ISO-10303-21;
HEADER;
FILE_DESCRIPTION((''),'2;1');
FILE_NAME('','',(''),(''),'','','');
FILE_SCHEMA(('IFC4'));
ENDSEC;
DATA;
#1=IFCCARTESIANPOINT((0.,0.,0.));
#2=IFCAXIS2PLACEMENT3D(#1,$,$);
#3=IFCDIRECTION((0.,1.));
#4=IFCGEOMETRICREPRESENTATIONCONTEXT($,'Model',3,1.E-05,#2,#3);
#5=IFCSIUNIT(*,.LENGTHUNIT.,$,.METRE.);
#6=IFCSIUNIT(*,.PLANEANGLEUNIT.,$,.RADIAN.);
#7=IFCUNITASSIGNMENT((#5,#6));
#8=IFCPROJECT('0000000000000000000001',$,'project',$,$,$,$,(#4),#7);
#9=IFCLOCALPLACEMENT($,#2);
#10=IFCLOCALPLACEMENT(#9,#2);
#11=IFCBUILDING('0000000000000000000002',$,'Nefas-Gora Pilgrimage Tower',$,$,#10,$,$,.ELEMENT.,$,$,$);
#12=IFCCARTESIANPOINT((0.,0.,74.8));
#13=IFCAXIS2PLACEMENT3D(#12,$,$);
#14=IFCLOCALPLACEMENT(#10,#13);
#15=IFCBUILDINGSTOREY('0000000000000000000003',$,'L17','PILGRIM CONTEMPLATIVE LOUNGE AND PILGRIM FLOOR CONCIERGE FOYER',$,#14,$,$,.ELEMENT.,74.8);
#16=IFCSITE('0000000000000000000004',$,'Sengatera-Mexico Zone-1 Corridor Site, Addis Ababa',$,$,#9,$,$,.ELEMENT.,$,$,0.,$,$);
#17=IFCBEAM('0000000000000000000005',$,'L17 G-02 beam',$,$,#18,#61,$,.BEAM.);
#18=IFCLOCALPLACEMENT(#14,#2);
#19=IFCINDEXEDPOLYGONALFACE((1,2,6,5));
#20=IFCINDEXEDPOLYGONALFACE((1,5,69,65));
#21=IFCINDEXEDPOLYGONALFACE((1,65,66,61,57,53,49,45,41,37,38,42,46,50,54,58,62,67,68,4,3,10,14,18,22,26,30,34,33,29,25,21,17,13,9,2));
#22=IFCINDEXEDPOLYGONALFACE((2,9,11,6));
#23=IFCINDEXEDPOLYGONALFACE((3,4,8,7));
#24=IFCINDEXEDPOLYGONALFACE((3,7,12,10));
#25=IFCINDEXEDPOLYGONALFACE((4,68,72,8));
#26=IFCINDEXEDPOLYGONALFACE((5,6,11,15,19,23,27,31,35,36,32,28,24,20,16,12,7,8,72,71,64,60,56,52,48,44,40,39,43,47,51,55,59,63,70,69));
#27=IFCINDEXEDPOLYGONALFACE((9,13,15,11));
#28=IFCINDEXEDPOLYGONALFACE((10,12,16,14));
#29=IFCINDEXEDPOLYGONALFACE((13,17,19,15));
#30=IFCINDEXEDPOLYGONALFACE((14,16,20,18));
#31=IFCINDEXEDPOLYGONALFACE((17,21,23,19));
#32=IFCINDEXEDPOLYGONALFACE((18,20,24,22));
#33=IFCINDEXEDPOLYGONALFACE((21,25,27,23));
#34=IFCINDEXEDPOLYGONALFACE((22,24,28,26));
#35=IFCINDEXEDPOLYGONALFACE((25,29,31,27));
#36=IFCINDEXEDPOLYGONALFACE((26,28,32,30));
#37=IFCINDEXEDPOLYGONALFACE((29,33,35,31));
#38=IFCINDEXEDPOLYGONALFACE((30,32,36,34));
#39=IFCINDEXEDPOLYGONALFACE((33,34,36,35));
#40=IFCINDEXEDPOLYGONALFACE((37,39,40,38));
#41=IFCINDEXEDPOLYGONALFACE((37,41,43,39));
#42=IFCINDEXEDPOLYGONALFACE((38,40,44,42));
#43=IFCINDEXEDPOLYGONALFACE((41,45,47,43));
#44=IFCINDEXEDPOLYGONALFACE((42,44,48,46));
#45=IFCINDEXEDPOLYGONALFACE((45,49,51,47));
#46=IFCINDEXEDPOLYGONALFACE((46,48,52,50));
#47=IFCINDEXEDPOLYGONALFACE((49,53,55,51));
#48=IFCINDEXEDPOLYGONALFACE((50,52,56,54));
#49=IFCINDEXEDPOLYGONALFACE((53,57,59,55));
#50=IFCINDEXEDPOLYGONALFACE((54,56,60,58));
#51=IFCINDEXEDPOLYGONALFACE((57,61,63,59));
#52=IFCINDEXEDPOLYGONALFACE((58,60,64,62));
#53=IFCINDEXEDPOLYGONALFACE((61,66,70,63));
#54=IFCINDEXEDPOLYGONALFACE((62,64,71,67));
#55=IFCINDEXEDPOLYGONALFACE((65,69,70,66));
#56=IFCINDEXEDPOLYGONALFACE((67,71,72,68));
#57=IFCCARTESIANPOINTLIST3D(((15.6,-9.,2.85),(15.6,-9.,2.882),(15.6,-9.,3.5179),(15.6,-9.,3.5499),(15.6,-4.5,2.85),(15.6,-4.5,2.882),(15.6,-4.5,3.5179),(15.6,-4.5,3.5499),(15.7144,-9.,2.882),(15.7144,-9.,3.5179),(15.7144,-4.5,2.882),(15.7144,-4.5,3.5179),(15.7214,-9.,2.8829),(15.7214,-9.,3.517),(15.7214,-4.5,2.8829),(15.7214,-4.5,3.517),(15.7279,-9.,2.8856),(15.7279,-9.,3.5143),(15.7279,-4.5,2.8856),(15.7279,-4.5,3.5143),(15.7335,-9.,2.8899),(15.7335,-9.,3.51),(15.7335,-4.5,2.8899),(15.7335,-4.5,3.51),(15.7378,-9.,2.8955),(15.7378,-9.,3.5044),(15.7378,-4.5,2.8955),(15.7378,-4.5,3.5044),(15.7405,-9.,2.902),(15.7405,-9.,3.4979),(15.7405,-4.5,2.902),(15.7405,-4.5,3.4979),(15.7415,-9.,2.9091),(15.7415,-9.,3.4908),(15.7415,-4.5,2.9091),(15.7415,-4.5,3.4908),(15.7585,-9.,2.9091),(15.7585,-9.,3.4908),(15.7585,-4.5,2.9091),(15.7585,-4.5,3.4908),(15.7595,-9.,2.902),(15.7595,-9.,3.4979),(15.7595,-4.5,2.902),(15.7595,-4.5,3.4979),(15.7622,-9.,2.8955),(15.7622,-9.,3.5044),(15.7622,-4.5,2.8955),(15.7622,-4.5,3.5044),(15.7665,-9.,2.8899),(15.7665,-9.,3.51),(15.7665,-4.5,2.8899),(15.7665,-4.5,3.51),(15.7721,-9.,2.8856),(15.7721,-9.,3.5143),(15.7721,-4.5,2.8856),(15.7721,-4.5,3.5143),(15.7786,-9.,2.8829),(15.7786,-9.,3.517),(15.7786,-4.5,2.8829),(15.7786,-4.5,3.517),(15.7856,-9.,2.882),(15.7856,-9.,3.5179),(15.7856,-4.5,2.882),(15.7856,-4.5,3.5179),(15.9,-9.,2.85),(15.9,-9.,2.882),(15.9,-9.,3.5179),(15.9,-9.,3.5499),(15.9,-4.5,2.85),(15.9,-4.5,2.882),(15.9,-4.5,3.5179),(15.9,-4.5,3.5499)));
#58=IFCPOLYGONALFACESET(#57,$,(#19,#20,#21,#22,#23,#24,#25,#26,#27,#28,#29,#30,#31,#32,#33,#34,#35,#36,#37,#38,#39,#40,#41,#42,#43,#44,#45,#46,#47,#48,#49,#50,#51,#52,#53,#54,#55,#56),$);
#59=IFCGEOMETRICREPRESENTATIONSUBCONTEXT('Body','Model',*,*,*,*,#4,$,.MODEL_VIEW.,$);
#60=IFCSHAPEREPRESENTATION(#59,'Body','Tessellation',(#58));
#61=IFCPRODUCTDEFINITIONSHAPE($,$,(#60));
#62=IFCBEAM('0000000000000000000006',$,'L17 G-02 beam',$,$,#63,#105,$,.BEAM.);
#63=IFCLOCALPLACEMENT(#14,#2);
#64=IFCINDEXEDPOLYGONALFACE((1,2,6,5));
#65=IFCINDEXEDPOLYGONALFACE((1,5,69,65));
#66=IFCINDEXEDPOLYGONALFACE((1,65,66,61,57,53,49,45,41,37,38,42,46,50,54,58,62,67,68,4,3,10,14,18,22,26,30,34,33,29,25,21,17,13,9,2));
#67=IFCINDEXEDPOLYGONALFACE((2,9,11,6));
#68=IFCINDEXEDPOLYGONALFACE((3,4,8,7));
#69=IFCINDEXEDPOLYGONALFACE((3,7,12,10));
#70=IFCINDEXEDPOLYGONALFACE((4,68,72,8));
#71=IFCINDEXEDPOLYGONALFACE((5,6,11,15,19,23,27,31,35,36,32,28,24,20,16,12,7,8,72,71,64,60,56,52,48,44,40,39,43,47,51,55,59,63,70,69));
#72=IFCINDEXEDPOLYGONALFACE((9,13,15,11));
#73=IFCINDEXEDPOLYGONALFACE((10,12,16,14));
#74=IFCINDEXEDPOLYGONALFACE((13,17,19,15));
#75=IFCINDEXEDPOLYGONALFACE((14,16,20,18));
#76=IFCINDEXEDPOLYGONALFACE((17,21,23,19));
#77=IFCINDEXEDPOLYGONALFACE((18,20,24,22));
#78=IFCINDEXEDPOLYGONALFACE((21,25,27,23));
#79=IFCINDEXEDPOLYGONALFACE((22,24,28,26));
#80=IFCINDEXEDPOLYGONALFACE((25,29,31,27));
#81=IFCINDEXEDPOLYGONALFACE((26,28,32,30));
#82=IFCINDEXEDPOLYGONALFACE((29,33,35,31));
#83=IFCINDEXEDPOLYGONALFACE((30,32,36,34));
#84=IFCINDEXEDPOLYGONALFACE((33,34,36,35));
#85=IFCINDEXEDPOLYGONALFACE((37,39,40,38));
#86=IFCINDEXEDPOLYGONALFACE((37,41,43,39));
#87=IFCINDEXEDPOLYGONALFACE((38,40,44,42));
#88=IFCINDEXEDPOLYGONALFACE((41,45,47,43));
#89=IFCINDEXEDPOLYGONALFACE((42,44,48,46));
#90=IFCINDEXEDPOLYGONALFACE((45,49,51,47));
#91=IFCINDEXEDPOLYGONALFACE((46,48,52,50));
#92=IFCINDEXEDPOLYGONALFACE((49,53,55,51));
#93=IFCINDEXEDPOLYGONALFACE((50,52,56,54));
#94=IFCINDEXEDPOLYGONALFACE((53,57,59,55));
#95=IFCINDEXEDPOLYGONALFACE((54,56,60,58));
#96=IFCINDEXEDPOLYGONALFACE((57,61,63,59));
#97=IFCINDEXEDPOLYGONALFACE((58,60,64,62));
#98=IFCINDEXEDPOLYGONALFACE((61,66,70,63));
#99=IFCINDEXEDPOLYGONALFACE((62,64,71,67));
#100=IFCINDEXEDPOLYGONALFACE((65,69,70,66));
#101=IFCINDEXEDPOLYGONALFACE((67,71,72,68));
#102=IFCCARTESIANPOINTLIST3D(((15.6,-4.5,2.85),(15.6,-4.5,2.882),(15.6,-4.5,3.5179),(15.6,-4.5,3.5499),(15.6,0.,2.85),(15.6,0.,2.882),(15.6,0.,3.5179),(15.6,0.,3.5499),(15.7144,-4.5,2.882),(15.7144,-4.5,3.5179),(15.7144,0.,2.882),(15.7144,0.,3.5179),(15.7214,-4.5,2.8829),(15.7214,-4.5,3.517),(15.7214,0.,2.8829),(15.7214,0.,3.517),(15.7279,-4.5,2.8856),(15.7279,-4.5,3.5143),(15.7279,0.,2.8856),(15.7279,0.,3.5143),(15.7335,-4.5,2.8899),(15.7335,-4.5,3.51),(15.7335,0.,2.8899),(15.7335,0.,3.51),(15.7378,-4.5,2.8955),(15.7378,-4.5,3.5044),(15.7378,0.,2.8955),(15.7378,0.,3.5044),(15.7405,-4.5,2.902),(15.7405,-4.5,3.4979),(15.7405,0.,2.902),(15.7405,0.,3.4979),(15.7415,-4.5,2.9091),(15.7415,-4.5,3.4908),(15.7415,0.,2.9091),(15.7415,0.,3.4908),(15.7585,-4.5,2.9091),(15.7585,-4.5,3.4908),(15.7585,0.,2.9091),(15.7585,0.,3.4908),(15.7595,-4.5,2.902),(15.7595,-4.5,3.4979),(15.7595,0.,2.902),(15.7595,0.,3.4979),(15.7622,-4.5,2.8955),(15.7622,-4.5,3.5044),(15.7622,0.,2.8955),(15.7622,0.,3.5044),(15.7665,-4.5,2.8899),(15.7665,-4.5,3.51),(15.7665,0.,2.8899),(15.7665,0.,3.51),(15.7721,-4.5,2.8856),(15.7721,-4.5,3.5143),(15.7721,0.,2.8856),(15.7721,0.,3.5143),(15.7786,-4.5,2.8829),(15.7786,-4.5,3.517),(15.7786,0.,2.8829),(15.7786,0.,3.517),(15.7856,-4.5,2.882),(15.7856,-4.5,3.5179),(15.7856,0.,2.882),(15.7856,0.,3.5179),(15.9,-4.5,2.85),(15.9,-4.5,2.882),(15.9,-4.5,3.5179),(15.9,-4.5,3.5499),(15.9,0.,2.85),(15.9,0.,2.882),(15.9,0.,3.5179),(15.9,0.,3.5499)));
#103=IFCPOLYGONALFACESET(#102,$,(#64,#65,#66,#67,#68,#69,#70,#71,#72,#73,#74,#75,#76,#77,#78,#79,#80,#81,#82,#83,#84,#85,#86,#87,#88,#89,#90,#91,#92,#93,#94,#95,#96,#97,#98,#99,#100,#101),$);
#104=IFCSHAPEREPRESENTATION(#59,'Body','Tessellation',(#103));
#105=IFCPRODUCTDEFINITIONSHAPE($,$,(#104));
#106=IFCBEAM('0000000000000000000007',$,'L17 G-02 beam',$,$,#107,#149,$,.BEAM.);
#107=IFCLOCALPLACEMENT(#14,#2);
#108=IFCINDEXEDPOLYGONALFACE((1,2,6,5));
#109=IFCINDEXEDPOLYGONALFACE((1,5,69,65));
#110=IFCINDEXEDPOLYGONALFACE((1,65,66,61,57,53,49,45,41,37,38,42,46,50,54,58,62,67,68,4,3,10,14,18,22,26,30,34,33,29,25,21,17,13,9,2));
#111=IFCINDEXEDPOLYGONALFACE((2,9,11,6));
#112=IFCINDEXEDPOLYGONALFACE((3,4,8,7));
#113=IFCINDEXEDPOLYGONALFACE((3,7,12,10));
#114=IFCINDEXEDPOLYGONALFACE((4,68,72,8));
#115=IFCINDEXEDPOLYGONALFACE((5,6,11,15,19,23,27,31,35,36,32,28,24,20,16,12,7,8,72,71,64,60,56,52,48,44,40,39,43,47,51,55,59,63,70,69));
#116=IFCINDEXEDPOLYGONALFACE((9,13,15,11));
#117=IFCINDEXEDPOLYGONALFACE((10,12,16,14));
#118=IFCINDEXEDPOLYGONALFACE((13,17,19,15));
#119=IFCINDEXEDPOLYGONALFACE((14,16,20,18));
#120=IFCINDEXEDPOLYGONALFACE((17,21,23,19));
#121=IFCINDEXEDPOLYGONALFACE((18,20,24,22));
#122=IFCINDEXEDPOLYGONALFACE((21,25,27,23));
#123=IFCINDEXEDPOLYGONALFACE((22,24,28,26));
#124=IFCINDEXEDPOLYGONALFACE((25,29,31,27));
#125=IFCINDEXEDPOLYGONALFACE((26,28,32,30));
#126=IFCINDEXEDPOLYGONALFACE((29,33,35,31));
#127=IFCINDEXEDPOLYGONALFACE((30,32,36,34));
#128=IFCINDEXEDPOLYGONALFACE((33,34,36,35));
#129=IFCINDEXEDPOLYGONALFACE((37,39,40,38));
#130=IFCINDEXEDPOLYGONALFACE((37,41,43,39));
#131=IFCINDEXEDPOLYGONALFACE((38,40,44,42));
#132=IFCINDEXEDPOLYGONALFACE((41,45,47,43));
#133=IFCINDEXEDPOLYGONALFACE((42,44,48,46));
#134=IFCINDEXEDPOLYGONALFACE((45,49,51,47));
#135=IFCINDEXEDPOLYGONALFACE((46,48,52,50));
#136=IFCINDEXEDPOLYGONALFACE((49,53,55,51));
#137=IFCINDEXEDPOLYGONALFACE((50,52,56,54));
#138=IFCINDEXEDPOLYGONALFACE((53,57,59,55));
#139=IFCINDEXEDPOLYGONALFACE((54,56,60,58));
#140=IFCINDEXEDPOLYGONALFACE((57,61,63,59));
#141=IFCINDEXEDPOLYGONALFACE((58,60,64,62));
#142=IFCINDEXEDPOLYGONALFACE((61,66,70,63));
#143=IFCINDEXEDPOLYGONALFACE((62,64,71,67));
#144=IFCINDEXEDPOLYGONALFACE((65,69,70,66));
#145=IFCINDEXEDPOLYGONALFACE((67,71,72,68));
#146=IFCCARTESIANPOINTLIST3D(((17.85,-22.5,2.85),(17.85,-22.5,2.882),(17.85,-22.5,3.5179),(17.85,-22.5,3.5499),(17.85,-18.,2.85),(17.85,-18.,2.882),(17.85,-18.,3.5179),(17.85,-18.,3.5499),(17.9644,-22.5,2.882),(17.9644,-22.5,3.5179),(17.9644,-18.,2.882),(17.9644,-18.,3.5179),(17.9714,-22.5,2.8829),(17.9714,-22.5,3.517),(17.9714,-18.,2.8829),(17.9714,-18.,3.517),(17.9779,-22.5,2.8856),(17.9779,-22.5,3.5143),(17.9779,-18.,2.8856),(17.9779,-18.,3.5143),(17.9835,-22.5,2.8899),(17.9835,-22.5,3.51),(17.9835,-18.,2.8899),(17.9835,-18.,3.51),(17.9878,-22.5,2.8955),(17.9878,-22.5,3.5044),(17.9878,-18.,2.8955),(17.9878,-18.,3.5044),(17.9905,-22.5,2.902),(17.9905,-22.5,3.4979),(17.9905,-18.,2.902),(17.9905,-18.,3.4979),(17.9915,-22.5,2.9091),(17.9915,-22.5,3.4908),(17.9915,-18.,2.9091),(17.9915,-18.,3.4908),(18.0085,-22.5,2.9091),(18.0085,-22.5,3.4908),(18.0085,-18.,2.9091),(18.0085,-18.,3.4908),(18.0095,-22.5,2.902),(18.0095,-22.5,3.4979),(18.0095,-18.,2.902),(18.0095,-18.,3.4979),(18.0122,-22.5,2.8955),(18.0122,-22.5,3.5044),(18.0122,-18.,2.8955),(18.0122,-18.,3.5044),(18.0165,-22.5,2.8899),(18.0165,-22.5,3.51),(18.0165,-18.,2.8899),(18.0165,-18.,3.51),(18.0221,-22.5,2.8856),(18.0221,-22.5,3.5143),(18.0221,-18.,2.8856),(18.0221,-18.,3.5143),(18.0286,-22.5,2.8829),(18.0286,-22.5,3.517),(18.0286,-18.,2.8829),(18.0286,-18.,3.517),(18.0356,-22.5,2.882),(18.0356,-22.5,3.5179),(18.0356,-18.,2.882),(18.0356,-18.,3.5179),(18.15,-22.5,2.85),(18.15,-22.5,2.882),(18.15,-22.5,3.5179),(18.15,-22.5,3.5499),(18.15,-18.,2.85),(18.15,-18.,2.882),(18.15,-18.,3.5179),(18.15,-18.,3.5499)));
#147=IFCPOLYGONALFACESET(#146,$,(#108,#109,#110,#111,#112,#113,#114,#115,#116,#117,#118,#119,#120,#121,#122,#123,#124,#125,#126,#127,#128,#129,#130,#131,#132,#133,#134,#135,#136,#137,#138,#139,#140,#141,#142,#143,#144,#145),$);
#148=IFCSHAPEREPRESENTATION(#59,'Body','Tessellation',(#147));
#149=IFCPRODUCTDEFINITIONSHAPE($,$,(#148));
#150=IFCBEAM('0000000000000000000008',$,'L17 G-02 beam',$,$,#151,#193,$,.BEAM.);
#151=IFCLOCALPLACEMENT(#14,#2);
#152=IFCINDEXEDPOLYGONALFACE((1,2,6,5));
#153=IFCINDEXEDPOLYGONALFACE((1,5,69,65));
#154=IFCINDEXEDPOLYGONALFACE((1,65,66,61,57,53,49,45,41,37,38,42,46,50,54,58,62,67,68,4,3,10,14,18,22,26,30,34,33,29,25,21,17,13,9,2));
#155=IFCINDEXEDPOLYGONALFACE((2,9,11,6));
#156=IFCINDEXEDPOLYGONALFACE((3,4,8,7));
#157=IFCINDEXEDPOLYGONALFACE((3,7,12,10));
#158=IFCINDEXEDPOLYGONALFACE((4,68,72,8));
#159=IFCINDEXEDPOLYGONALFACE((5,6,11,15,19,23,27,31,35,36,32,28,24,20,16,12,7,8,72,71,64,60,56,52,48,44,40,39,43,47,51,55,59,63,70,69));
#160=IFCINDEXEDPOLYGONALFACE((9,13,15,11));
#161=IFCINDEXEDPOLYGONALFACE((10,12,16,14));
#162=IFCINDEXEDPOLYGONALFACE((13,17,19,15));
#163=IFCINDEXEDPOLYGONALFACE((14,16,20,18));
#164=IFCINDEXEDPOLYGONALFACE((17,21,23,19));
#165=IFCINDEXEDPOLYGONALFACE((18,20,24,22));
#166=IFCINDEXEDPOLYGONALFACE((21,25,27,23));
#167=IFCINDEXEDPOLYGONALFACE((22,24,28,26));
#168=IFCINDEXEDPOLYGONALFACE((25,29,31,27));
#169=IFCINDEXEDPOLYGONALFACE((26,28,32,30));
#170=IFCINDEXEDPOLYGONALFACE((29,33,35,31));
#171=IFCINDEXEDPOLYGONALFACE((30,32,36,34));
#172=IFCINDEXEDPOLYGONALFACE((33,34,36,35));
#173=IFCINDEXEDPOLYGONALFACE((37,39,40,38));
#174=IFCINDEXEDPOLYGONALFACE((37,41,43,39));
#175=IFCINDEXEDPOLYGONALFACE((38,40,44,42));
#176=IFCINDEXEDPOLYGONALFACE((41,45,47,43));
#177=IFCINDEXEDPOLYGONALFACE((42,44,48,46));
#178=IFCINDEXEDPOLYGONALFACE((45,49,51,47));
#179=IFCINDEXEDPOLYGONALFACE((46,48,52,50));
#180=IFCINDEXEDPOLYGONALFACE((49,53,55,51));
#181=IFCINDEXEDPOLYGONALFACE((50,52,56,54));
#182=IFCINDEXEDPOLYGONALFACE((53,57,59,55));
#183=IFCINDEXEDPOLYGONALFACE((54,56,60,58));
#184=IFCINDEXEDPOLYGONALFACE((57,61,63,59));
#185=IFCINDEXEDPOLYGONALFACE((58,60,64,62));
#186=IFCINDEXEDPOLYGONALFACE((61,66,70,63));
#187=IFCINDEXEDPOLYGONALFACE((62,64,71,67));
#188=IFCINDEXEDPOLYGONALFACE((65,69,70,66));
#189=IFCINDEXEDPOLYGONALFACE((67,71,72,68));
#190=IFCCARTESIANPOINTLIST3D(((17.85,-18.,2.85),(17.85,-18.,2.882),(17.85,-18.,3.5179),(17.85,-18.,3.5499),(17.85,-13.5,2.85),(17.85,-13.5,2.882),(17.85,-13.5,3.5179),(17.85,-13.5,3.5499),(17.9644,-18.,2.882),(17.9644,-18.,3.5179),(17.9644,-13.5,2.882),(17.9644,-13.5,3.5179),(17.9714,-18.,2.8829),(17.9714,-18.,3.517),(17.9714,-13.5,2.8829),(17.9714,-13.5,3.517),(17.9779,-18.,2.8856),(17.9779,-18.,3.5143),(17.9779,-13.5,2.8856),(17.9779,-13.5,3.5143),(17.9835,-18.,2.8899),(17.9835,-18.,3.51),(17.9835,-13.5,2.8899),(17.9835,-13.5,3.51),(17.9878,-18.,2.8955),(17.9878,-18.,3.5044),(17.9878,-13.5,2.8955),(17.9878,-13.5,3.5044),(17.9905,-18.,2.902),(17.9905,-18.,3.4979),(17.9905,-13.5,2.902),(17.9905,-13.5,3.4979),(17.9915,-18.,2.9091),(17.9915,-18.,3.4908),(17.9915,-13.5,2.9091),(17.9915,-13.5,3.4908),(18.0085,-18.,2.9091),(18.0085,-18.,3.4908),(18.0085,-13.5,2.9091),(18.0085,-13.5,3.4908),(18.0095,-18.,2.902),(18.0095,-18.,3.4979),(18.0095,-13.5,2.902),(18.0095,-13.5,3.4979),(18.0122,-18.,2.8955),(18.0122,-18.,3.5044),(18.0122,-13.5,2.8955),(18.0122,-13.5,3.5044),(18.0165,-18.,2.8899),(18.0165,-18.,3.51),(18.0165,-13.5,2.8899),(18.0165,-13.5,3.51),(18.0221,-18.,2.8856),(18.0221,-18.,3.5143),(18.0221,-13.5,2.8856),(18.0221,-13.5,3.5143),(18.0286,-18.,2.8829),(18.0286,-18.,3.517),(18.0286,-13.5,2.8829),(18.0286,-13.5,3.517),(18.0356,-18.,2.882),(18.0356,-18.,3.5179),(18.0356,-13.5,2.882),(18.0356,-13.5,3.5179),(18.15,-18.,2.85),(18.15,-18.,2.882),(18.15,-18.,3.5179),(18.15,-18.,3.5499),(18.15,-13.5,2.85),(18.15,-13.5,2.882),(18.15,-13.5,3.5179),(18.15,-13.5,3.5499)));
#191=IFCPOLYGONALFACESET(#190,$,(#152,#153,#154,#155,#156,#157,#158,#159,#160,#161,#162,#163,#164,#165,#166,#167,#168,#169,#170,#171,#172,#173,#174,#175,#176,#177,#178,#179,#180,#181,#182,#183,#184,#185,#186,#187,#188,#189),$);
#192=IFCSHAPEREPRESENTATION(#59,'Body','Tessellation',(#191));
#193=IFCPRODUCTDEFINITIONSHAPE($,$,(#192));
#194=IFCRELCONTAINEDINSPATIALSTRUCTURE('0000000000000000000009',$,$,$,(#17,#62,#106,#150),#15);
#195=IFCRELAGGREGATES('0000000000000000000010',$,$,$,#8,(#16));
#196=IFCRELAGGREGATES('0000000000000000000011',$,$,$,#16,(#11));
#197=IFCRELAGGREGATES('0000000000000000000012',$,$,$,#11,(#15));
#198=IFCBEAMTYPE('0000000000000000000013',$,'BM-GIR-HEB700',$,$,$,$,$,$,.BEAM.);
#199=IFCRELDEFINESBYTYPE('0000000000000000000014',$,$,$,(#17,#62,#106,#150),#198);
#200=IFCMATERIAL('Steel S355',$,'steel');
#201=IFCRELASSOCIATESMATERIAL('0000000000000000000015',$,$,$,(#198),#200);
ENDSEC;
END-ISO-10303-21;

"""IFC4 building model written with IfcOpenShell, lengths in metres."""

from ifc_helpers import new_model, si_unit, direction, frame, origin, origin_2d, place, context, subcontext, project, spatial, i_section, extrude, source, transform, mapped, material, material_profile, profile_set, type_object, element, save


model = new_model("IFC4")

# Units and contexts
model_context = context("Model", 3, precision=1e-05, world=origin(), true_north=direction((0.0, 1.0)))
body_context = subcontext(model_context, "Body", "Model", "MODEL_VIEW")
ifc_project = project(units=[si_unit("LENGTHUNIT", "METRE"), si_unit("PLANEANGLEUNIT", "RADIAN")], contexts=[model_context])

# Site, building, storey
site_placement = place(None, origin())
site = spatial("IfcSite", under=ifc_project, at=site_placement, Name="Sengatera-Mexico Zone-1 Corridor Site, Addis Ababa", CompositionType="ELEMENT", RefElevation=0.0)
building_placement = place(site_placement, origin())
building = spatial("IfcBuilding", under=site, at=building_placement, Name="Nefas-Gora Pilgrimage Tower", CompositionType="ELEMENT")
storey_placement = place(building_placement, frame((0.0, 0.0, 74.8)))
storey = spatial("IfcBuildingStorey", under=building, at=storey_placement, Name="L17", Description="PILGRIM CONTEMPLATIVE LOUNGE AND PILGRIM FLOOR CONCIERGE FOYER", CompositionType="ELEMENT", Elevation=74.8)

# Beams
ifc_material_1 = material(Name="Steel S355", Category="steel")
ifc_material_profile_1 = material_profile(ifc_material_1, i_section(OverallWidth=0.3, OverallDepth=0.7, WebThickness=0.0171, FlangeThickness=0.032, FilletRadius=0.0271, at=origin_2d()), Name="HEB 700")
ifc_profile_set_1 = profile_set([ifc_material_profile_1], Name="Steel S355")
beam_type_1 = type_object("IfcBeamType", Name="BM-GIR-HEB700", PredefinedType="BEAM", material=ifc_profile_set_1)
shared_shape_1 = source(origin(), body_context, "Body", "SweptSolid", [
    extrude(i_section(OverallWidth=0.3, OverallDepth=0.7, WebThickness=0.0171, FlangeThickness=0.032, FilletRadius=0.0271, at=origin_2d()), origin(), (0.0, 0.0, 1.0), 4.5),
])
for number, where, z_axis, x_axis, name in (
    (1, (15.75, -9.0, 3.2), (0.0, 1.0, 0.0), (-1.0, 0.0, 0.0), "L17 G-02 beam"),
    (2, (15.75, -4.5, 3.2), (0.0, 1.0, 0.0), (-1.0, 0.0, 0.0), "L17 G-02 beam"),
    (3, (18.0, -22.5, 3.2), (0.0, 1.0, 0.0), (-1.0, 0.0, 0.0), "L17 G-02 beam"),
    (4, (18.0, -18.0, 3.2), (0.0, 1.0, 0.0), (-1.0, 0.0, 0.0), "L17 G-02 beam"),
):
    element("IfcBeam", number, at=place(storey_placement, frame(where, z_axis=z_axis, x_axis=x_axis)), inside=storey, type_object=beam_type_1, Name=name, PredefinedType="BEAM", context=body_context, shape_type="MappedRepresentation", body=[
        mapped(shared_shape_1, transform((0.0, 0.0, 0.0), x_axis=(1.0, 0.0, 0.0), y_axis=(0.0, 1.0, 0.0), z_axis=(0.0, 0.0, 1.0), scale=1.0)),
    ])

save(model, "model.ifc")
